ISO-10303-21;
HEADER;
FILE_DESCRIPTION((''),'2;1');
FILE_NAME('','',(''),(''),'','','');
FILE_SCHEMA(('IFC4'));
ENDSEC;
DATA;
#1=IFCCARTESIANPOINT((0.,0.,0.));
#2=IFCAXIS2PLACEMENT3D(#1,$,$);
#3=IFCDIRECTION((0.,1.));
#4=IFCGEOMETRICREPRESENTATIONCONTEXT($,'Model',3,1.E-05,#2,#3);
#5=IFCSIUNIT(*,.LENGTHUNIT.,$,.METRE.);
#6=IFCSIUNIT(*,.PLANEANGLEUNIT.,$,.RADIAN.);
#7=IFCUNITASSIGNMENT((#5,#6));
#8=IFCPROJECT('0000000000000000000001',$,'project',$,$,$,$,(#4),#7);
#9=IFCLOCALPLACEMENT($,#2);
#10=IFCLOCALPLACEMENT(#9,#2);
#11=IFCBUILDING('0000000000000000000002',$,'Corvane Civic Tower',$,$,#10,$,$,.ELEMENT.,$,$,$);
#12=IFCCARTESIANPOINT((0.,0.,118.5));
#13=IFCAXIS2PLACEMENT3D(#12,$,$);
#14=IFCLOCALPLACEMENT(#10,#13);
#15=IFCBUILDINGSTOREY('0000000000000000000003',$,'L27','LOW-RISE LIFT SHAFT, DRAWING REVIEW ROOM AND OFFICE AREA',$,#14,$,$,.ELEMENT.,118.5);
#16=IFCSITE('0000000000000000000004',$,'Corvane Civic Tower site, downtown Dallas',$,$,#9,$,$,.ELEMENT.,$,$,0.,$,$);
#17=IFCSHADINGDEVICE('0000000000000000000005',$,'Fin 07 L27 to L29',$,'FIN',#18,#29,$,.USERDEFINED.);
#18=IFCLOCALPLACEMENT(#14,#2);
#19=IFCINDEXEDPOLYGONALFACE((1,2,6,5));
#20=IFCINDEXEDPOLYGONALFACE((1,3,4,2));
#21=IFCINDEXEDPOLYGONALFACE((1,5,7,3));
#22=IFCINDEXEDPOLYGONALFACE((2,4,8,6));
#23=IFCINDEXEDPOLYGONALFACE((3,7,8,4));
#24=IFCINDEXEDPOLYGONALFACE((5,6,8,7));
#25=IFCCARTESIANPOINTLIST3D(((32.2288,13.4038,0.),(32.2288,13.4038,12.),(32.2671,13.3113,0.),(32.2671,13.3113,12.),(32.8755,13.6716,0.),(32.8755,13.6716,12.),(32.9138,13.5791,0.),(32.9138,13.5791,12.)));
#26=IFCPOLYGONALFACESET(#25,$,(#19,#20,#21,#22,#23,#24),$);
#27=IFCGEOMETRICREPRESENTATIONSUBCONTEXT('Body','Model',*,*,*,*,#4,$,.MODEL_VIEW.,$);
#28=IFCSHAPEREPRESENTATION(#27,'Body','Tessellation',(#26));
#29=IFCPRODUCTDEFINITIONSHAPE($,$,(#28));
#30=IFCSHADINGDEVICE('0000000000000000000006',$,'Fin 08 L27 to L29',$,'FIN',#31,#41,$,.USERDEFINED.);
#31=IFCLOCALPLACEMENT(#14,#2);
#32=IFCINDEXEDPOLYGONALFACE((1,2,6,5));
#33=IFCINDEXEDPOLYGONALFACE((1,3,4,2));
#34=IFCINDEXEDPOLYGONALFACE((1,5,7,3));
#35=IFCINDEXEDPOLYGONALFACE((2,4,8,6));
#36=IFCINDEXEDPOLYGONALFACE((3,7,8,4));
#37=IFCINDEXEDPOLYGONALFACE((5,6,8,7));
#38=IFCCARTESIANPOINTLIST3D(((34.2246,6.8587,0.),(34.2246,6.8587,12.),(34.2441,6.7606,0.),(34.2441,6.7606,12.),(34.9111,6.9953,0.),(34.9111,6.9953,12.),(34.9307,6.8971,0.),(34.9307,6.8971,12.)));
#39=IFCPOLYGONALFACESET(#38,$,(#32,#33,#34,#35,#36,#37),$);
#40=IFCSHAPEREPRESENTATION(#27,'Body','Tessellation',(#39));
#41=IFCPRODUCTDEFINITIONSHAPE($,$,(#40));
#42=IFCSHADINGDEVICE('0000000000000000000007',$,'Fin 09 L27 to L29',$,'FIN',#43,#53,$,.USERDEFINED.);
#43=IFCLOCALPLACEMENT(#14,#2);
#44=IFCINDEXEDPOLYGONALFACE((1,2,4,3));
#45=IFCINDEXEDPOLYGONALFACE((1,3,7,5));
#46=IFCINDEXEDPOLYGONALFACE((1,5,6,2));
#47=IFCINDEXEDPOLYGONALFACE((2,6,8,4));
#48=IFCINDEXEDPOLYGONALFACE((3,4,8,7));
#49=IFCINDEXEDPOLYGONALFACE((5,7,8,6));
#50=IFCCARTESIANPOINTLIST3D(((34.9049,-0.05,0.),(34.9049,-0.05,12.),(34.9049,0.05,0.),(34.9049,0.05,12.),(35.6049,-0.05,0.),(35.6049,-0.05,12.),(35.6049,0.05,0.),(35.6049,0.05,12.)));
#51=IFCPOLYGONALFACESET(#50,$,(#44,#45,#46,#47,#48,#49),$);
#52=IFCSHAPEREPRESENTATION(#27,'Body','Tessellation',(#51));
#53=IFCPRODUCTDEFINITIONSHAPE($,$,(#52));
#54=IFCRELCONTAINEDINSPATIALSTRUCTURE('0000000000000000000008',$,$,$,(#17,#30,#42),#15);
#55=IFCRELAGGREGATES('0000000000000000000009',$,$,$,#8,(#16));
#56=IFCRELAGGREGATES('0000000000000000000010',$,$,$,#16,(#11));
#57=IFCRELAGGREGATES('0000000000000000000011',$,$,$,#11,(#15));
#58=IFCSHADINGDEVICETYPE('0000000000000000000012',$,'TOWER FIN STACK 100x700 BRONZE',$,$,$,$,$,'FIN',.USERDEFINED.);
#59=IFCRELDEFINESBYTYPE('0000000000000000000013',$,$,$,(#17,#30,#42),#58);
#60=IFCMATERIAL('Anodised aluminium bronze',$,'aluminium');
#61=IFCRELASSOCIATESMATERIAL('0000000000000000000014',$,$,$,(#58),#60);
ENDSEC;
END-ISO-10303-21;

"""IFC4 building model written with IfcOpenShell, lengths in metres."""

from ifc_helpers import new_model, si_unit, direction, frame, origin, origin_2d, place, context, subcontext, project, spatial, rectangle, extrude, material, material_profile, profile_set, type_object, element, save


model = new_model("IFC4")

# Units and contexts
model_context = context("Model", 3, precision=1e-05, world=origin(), true_north=direction((0.0, 1.0)))
body_context = subcontext(model_context, "Body", "Model", "MODEL_VIEW")
ifc_project = project(units=[si_unit("LENGTHUNIT", "METRE"), si_unit("PLANEANGLEUNIT", "RADIAN")], contexts=[model_context])

# Site, building, storey
site_placement = place(None, origin())
site = spatial("IfcSite", under=ifc_project, at=site_placement, Name="Corvane Civic Tower site, downtown Dallas", CompositionType="ELEMENT", RefElevation=0.0)
building_placement = place(site_placement, origin())
building = spatial("IfcBuilding", under=site, at=building_placement, Name="Corvane Civic Tower", CompositionType="ELEMENT")
storey_placement = place(building_placement, frame((0.0, 0.0, 118.5)))
storey = spatial("IfcBuildingStorey", under=building, at=storey_placement, Name="L27", Description="LOW-RISE LIFT SHAFT, DRAWING REVIEW ROOM AND OFFICE AREA", CompositionType="ELEMENT", Elevation=118.5)

# Shading devices
ifc_material_1 = material(Name="Anodised aluminium bronze", Category="aluminium")
ifc_material_profile_1 = material_profile(ifc_material_1, rectangle(XDim=0.1001, YDim=0.7, at=origin_2d()), Name="TOWER FIN STACK 100x700 BRONZE")
ifc_profile_set_1 = profile_set([ifc_material_profile_1], Name="Anodised aluminium bronze")
shading_device_type = type_object("IfcShadingDeviceType", Name="TOWER FIN STACK 100x700 BRONZE", ElementType="FIN", PredefinedType="USERDEFINED", material=ifc_profile_set_1)
for number, where, z_axis, x_axis, name in (
    (1, (32.5713, 13.4915, 0.0), (0.0, 0.0, 1.0), (0.382683, -0.92388, 0.0), "Fin 07 L27 to L29"),
    (2, (34.5776, 6.8779, 0.0), (0.0, 0.0, 1.0), (0.19509, -0.980785, 0.0), "Fin 08 L27 to L29"),
    (3, (35.2549, 0.0, 0.0), (0.0, 0.0, 1.0), (0.0, -1.0, 0.0), "Fin 09 L27 to L29"),
):
    element("IfcShadingDevice", number, at=place(storey_placement, frame(where, z_axis=z_axis, x_axis=x_axis)), inside=storey, type_object=shading_device_type, Name=name, ObjectType="FIN", PredefinedType="USERDEFINED", context=body_context, shape_type="SweptSolid", body=[
        extrude(rectangle(XDim=0.1001, YDim=0.7, at=origin_2d()), origin(), (0.0, 0.0, 1.0), 12.0),
    ])

save(model, "model.ifc")
